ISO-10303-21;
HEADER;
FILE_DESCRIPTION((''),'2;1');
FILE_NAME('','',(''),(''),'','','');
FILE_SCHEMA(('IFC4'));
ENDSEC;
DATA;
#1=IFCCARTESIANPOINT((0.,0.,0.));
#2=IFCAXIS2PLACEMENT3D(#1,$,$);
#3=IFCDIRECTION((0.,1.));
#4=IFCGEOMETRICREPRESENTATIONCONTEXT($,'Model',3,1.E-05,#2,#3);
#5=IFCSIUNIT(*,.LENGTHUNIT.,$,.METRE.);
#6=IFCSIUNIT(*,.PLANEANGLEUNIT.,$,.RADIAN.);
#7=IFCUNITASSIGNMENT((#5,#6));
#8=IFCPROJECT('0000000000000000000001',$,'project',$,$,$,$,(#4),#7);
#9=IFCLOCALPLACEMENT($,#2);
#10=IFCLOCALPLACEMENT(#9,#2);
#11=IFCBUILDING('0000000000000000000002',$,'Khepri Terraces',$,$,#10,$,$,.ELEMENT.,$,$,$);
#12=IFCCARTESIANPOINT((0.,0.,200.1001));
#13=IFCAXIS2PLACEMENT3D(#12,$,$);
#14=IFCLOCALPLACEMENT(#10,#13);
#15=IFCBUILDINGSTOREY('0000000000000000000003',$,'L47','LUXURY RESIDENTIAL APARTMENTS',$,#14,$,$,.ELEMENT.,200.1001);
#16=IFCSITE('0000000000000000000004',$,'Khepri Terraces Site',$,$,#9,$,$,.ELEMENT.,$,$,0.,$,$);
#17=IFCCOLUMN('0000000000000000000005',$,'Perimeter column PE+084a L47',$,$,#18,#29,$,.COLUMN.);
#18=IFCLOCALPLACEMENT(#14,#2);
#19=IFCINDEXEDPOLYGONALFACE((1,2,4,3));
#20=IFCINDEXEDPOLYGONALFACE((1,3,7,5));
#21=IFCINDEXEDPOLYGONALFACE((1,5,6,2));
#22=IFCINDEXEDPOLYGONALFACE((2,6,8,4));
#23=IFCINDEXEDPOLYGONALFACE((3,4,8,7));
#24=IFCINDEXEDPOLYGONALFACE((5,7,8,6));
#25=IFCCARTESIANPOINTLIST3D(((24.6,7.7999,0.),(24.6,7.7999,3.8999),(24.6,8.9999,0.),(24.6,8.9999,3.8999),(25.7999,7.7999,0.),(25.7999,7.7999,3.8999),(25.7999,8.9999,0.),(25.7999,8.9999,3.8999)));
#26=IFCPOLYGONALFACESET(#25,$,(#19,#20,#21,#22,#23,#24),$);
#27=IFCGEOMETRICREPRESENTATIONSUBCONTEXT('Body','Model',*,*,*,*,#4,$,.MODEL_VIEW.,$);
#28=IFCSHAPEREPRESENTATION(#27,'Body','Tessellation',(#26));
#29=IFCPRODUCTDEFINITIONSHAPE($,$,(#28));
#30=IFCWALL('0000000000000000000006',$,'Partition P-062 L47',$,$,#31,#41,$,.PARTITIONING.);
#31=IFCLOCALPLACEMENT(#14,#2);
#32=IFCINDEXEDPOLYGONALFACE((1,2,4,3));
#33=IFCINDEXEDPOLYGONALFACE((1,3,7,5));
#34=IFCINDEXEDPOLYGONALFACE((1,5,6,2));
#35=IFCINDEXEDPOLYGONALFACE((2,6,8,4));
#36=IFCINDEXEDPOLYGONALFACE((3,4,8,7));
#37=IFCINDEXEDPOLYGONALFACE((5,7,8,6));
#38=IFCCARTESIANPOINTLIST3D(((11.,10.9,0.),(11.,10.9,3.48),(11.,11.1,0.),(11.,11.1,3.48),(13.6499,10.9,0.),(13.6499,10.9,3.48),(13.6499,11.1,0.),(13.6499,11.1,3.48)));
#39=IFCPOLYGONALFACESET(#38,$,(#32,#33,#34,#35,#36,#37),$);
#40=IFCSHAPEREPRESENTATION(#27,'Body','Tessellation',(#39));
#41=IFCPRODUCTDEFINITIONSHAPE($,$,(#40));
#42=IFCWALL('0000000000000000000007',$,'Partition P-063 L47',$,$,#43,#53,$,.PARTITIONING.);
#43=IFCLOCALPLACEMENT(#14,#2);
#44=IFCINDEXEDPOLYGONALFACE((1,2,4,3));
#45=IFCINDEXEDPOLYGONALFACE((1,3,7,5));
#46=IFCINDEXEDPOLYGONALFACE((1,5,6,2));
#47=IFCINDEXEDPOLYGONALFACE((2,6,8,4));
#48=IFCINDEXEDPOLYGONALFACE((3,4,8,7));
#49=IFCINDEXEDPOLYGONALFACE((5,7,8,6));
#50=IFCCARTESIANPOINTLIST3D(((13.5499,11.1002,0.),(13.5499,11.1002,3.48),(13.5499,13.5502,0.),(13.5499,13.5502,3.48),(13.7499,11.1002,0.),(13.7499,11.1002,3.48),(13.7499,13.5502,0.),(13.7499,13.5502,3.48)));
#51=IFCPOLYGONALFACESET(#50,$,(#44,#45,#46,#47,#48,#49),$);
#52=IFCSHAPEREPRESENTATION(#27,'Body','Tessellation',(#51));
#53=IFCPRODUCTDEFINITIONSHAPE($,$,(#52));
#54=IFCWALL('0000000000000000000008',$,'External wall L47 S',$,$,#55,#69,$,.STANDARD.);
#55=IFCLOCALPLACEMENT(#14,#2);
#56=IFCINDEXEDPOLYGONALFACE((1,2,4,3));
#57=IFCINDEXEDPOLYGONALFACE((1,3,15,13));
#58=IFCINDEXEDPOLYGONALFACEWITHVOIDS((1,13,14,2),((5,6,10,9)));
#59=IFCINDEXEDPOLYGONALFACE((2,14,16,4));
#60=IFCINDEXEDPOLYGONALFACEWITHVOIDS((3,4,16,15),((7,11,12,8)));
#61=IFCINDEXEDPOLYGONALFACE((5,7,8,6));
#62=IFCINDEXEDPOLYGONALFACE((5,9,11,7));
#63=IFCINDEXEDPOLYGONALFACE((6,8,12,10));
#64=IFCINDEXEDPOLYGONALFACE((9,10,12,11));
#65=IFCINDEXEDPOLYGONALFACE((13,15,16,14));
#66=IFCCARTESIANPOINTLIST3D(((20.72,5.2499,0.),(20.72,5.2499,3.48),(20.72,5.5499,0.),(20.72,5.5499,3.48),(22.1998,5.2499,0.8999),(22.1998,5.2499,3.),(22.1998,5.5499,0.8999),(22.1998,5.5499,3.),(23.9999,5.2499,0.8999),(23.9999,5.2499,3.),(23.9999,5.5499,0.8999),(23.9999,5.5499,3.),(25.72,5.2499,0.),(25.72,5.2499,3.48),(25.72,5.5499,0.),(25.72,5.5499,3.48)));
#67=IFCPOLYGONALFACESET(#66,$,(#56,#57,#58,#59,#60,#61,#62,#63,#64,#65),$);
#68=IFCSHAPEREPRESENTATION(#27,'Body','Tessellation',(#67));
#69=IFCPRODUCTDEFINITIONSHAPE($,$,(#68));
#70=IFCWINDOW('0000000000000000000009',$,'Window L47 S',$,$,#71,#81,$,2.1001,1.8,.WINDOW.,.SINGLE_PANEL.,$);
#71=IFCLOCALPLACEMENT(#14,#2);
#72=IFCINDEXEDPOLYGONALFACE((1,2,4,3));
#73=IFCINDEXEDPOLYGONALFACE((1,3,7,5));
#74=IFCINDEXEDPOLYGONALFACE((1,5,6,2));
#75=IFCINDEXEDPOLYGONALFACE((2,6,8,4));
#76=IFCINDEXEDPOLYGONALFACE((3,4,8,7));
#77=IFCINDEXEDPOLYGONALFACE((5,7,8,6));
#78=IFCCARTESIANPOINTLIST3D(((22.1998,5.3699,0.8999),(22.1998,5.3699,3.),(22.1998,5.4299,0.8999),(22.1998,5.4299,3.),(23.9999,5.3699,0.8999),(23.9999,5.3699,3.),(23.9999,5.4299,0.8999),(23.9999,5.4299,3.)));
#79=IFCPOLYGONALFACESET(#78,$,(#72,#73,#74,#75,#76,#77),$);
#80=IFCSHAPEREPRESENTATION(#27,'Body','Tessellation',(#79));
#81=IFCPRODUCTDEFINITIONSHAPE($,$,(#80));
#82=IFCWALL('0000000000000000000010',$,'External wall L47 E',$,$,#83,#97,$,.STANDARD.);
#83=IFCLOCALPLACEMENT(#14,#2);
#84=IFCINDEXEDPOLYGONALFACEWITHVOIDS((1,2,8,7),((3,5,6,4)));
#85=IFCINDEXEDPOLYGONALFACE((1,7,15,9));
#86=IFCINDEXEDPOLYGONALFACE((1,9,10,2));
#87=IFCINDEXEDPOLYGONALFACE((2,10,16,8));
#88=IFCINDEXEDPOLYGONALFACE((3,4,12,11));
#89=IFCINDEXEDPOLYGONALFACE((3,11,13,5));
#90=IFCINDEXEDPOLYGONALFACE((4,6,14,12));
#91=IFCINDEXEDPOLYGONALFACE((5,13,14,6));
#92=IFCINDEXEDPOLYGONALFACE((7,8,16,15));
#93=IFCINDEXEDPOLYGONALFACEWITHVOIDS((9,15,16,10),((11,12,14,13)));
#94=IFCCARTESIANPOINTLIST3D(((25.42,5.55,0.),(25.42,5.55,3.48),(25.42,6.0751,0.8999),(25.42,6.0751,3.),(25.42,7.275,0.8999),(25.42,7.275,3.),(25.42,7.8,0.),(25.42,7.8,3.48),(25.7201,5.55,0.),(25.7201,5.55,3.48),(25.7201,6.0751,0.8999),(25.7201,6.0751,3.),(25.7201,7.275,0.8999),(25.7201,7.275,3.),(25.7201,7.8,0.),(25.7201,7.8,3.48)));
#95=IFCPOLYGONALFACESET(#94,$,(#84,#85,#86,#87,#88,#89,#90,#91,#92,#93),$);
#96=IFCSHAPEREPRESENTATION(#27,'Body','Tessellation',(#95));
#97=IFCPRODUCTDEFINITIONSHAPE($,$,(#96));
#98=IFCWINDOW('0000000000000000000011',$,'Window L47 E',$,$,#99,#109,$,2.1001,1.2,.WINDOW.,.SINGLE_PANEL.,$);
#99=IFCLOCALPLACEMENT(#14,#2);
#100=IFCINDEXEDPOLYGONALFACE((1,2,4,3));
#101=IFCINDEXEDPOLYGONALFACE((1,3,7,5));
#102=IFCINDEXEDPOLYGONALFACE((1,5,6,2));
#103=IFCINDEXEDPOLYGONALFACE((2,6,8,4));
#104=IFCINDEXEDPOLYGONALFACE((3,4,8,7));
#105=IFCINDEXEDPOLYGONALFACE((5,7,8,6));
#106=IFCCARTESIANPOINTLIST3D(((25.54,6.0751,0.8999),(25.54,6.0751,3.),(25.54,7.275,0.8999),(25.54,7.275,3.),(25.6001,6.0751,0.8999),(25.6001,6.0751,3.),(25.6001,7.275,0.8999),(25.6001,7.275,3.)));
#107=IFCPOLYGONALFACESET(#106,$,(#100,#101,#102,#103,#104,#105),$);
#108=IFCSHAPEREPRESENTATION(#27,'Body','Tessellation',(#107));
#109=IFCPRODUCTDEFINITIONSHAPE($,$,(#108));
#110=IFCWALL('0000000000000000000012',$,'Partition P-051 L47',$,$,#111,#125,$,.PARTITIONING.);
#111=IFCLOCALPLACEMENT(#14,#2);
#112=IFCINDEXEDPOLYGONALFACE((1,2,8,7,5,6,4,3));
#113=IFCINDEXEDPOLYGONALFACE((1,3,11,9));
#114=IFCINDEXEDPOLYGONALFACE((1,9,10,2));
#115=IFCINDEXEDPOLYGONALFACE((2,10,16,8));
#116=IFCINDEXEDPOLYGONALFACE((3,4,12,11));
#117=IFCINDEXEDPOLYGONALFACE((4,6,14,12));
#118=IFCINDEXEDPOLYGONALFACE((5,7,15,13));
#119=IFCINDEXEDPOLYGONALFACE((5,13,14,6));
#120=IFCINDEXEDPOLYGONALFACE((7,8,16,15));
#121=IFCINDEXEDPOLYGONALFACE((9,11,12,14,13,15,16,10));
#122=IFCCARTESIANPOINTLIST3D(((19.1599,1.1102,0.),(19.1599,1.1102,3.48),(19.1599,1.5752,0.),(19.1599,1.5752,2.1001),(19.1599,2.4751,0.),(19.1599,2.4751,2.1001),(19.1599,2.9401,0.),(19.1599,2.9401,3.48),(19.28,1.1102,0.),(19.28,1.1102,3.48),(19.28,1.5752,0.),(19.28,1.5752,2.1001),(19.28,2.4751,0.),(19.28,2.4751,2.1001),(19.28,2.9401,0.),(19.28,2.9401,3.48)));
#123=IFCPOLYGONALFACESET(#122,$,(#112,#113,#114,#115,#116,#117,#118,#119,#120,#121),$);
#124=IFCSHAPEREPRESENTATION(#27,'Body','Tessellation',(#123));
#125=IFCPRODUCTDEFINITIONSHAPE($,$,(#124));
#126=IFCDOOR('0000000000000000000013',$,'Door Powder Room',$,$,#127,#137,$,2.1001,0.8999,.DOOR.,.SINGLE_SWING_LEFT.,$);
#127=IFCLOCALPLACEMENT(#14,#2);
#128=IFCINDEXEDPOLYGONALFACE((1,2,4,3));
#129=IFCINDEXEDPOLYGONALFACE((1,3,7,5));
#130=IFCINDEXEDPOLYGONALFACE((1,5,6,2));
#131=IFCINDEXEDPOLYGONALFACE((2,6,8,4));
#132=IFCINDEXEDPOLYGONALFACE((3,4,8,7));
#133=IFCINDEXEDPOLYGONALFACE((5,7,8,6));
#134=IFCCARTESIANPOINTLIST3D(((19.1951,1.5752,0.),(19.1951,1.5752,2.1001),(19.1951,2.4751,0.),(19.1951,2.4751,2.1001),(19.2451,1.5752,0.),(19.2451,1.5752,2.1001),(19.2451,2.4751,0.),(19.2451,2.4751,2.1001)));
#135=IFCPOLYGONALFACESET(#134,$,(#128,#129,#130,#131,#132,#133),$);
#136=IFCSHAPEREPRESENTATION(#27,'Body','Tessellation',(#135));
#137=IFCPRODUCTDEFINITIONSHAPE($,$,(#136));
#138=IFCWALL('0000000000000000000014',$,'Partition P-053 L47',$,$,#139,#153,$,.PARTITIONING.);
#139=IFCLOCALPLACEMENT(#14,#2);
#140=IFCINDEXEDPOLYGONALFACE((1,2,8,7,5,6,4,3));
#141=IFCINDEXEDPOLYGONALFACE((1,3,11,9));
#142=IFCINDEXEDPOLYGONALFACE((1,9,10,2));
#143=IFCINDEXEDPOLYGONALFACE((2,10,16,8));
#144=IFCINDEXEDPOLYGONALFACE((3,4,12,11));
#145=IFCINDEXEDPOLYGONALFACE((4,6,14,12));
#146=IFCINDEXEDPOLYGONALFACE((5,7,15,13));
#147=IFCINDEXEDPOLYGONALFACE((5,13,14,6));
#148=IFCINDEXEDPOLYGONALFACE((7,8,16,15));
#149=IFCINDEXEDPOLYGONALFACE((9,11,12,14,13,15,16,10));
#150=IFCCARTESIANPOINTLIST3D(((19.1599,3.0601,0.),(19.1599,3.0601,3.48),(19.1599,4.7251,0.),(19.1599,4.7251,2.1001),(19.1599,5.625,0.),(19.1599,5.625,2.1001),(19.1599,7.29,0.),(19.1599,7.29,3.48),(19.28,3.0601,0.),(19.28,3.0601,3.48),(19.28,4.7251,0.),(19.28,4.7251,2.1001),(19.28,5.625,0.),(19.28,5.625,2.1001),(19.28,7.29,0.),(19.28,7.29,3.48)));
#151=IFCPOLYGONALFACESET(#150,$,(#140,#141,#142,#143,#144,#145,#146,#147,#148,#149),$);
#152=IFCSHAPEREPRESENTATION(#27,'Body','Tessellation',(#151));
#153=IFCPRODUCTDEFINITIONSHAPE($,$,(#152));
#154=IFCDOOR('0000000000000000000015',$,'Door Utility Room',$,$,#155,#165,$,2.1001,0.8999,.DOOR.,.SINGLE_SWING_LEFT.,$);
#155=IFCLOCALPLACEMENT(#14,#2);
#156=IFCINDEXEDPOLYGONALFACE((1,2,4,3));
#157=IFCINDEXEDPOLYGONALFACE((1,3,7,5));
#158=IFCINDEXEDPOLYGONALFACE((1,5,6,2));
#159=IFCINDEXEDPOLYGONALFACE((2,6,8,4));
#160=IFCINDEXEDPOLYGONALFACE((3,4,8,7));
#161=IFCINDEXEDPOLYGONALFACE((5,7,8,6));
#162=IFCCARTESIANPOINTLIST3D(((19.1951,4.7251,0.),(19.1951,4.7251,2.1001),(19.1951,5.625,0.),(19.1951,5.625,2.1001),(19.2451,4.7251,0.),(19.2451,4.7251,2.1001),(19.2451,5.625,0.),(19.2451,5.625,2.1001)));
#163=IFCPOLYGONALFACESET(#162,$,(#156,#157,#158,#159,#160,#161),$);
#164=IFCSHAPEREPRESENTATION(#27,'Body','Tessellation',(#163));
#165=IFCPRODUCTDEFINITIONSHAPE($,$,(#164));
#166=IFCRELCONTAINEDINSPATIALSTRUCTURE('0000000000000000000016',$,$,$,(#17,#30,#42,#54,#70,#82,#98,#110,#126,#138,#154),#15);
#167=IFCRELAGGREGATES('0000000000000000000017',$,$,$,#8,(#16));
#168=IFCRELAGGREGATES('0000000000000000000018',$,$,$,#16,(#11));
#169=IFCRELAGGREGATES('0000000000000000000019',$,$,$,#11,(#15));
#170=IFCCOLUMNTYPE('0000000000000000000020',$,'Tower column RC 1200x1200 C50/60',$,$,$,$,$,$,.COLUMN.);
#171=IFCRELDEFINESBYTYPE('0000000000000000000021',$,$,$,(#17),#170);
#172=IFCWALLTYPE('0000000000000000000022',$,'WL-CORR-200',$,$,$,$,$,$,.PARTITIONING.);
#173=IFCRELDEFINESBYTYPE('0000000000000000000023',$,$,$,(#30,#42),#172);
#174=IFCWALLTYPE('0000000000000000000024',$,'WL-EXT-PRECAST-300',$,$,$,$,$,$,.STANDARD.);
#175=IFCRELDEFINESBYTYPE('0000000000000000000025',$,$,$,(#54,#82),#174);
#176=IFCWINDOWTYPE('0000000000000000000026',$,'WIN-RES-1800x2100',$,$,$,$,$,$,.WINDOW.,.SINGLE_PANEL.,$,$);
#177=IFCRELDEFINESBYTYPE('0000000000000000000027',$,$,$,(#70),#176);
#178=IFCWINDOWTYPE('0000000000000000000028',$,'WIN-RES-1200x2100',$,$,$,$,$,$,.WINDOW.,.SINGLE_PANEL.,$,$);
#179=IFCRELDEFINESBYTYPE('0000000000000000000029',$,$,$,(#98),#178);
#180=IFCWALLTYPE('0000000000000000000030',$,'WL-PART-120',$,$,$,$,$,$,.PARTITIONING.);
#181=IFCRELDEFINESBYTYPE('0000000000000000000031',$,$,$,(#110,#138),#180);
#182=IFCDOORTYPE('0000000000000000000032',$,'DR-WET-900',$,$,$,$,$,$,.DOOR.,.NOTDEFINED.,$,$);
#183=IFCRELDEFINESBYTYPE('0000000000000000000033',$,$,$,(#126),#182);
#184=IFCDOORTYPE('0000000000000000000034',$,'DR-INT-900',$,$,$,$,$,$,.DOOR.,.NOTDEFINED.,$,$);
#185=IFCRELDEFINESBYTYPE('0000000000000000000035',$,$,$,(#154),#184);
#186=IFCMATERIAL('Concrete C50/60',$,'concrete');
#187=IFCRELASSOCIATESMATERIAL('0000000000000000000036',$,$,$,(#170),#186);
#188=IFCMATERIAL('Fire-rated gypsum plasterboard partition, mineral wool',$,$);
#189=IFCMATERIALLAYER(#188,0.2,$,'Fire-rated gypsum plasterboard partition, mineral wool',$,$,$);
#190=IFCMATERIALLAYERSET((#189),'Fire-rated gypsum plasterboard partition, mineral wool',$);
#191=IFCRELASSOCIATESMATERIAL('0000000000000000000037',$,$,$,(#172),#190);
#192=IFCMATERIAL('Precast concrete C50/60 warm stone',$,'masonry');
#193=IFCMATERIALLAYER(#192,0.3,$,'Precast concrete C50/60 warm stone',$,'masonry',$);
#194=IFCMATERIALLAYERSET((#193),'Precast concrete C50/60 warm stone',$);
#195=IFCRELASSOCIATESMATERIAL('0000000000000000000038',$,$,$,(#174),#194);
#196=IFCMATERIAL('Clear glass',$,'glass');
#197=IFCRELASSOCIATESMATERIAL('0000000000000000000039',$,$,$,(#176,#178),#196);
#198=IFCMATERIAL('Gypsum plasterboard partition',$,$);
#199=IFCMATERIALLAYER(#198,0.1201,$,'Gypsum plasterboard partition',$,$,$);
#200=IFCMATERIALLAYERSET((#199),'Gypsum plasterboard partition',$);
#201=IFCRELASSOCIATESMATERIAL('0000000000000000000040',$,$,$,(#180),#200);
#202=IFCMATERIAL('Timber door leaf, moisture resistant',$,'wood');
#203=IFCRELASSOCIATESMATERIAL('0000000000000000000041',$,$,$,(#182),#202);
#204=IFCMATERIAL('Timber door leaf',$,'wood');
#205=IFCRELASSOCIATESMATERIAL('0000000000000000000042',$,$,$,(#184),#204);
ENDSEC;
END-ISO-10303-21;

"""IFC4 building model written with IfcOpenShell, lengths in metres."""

from ifc_helpers import new_model, si_unit, direction, frame, frame_2d, origin, origin_2d, place, context, subcontext, project, spatial, rectangle, extrude, material, layer, layer_set, material_profile, profile_set, type_object, element, fill, save


model = new_model("IFC4")

# Units and contexts
model_context = context("Model", 3, precision=1e-05, world=origin(), true_north=direction((0.0, 1.0)))
body_context = subcontext(model_context, "Body", "Model", "MODEL_VIEW")
ifc_project = project(units=[si_unit("LENGTHUNIT", "METRE"), si_unit("PLANEANGLEUNIT", "RADIAN")], contexts=[model_context])

# Site, building, storey
site_placement = place(None, origin())
site = spatial("IfcSite", under=ifc_project, at=site_placement, Name="Khepri Terraces Site", CompositionType="ELEMENT", RefElevation=0.0)
building_placement = place(site_placement, origin())
building = spatial("IfcBuilding", under=site, at=building_placement, Name="Khepri Terraces", CompositionType="ELEMENT")
storey_placement = place(building_placement, frame((0.0, 0.0, 200.1001)))
storey = spatial("IfcBuildingStorey", under=building, at=storey_placement, Name="L47", Description="LUXURY RESIDENTIAL APARTMENTS", CompositionType="ELEMENT", Elevation=200.1001)

# Column
ifc_material_1 = material(Name="Concrete C50/60", Category="concrete")
ifc_material_profile = material_profile(ifc_material_1, rectangle(XDim=1.2, YDim=1.2, at=origin_2d()), Name="Concrete C50/60", Category="concrete")
ifc_profile_set = profile_set([ifc_material_profile], Name="Concrete C50/60")
column_type = type_object("IfcColumnType", Name="Tower column RC 1200x1200 C50/60", PredefinedType="COLUMN", material=ifc_profile_set)
column_placement = place(storey_placement, frame((25.2, 8.3999, 0.0), z_axis=(0.0, 0.0, 1.0), x_axis=(1.0, 0.0, 0.0)))
element("IfcColumn", 1, at=column_placement, inside=storey, type_object=column_type, Name="Perimeter column PE+084a L47", PredefinedType="COLUMN", context=body_context, shape_type="SweptSolid", body=[
    extrude(rectangle(XDim=1.2, YDim=1.2, at=origin_2d()), origin(), (0.0, 0.0, 1.0), 3.8999),
])

# Walls
ifc_material_2 = material(Name="Fire-rated gypsum plasterboard partition, mineral wool")
ifc_layer_1 = layer(ifc_material_2, 0.2, Name="Fire-rated gypsum plasterboard partition, mineral wool")
ifc_layer_set_1 = layer_set([ifc_layer_1], Name="Fire-rated gypsum plasterboard partition, mineral wool")
wall_type_1 = type_object("IfcWallType", Name="WL-CORR-200", PredefinedType="PARTITIONING", material=ifc_layer_set_1)
wall_1_placement = place(storey_placement, frame((11.0, 11.0, 0.0), z_axis=(0.0, 0.0, 1.0), x_axis=(1.0, 0.0, 0.0)))
element("IfcWall", 2, at=wall_1_placement, inside=storey, type_object=wall_type_1, Name="Partition P-062 L47", PredefinedType="PARTITIONING", context=body_context, shape_type="SweptSolid", body=[
    extrude(rectangle(XDim=2.6499, YDim=0.2, at=frame_2d((1.325, 0.0))), origin(), (0.0, 0.0, 1.0), 3.48),
])
wall_2_placement = place(storey_placement, frame((13.6499, 11.1001, 0.0), z_axis=(0.0, 0.0, 1.0), x_axis=(0.0, 1.0, 0.0)))
element("IfcWall", 3, at=wall_2_placement, inside=storey, type_object=wall_type_1, Name="Partition P-063 L47", PredefinedType="PARTITIONING", context=body_context, shape_type="SweptSolid", body=[
    extrude(rectangle(XDim=2.45, YDim=0.2, at=frame_2d((1.2251, 0.0))), origin(), (0.0, 0.0, 1.0), 3.48),
])

# Walls, openings, windows
ifc_material_3 = material(Name="Precast concrete C50/60 warm stone", Category="masonry")
ifc_layer_2 = layer(ifc_material_3, 0.3, Name="Precast concrete C50/60 warm stone", Category="masonry")
ifc_layer_set_2 = layer_set([ifc_layer_2], Name="Precast concrete C50/60 warm stone")
wall_type_2 = type_object("IfcWallType", Name="WL-EXT-PRECAST-300", PredefinedType="STANDARD", material=ifc_layer_set_2)
wall_3_placement = place(storey_placement, frame((20.72, 5.3999, 0.0), z_axis=(0.0, 0.0, 1.0), x_axis=(1.0, 0.0, 0.0)))
wall_3 = element("IfcWall", 4, at=wall_3_placement, inside=storey, type_object=wall_type_2, Name="External wall L47 S", PredefinedType="STANDARD", context=body_context, shape_type="SweptSolid", body=[
    extrude(rectangle(XDim=5.0, YDim=0.3, at=frame_2d((2.5, 0.0))), origin(), (0.0, 0.0, 1.0), 3.48),
])
opening_1_placement = place(wall_3_placement, frame((1.48, 0.0, 0.8999)))
opening_1 = element("IfcOpeningElement", 5, at=opening_1_placement, cuts=wall_3, PredefinedType="OPENING", context=body_context, shape_type="SweptSolid", body=[
    extrude(rectangle(XDim=1.8, YDim=2.1001, at=frame_2d((0.8999, 1.05))), frame((0.0, 0.1602, 0.0), z_axis=(0.0, -1.0, 0.0), x_axis=(1.0, 0.0, 0.0)), (0.0, 0.0, 1.0), 0.3201),
])
ifc_material_4 = material(Name="Clear glass", Category="glass")
window_type_1 = type_object("IfcWindowType", Name="WIN-RES-1800x2100", PartitioningType="SINGLE_PANEL", PredefinedType="WINDOW", material=ifc_material_4)
window_1_placement = place(opening_1_placement, origin())
window_1 = element("IfcWindow", 6, at=window_1_placement, inside=storey, type_object=window_type_1, Name="Window L47 S", OverallHeight=2.1001, OverallWidth=1.8, PartitioningType="SINGLE_PANEL", PredefinedType="WINDOW", context=body_context, shape_type="SweptSolid", body=[
    extrude(rectangle(XDim=1.8, YDim=2.1001, at=frame_2d((0.8999, 1.05))), frame((0.0, 0.03, 0.0), z_axis=(0.0, -1.0, 0.0), x_axis=(1.0, 0.0, 0.0)), (0.0, 0.0, 1.0), 0.0601),
])
fill(opening_1, window_1)
wall_4_placement = place(storey_placement, frame((25.5701, 5.55, 0.0), z_axis=(0.0, 0.0, 1.0), x_axis=(0.0, 1.0, 0.0)))
wall_4 = element("IfcWall", 7, at=wall_4_placement, inside=storey, type_object=wall_type_2, Name="External wall L47 E", PredefinedType="STANDARD", context=body_context, shape_type="SweptSolid", body=[
    extrude(rectangle(XDim=2.25, YDim=0.3, at=frame_2d((1.125, 0.0))), origin(), (0.0, 0.0, 1.0), 3.48),
])
opening_2_placement = place(wall_4_placement, frame((0.5249, 0.0, 0.8999)))
opening_2 = element("IfcOpeningElement", 8, at=opening_2_placement, cuts=wall_4, PredefinedType="OPENING", context=body_context, shape_type="SweptSolid", body=[
    extrude(rectangle(XDim=1.2, YDim=2.1001, at=frame_2d((0.6001, 1.05))), frame((0.0, 0.1602, 0.0), z_axis=(0.0, -1.0, 0.0), x_axis=(1.0, 0.0, 0.0)), (0.0, 0.0, 1.0), 0.3201),
])
window_type_2 = type_object("IfcWindowType", Name="WIN-RES-1200x2100", PartitioningType="SINGLE_PANEL", PredefinedType="WINDOW", material=ifc_material_4)
window_2_placement = place(opening_2_placement, origin())
window_2 = element("IfcWindow", 9, at=window_2_placement, inside=storey, type_object=window_type_2, Name="Window L47 E", OverallHeight=2.1001, OverallWidth=1.2, PartitioningType="SINGLE_PANEL", PredefinedType="WINDOW", context=body_context, shape_type="SweptSolid", body=[
    extrude(rectangle(XDim=1.2, YDim=2.1001, at=frame_2d((0.6001, 1.05))), frame((0.0, 0.03, 0.0), z_axis=(0.0, -1.0, 0.0), x_axis=(1.0, 0.0, 0.0)), (0.0, 0.0, 1.0), 0.0601),
])
fill(opening_2, window_2)

# Walls, openings, doors
ifc_material_5 = material(Name="Gypsum plasterboard partition")
ifc_layer_3 = layer(ifc_material_5, 0.1201, Name="Gypsum plasterboard partition")
ifc_layer_set_3 = layer_set([ifc_layer_3], Name="Gypsum plasterboard partition")
wall_type_3 = type_object("IfcWallType", Name="WL-PART-120", PredefinedType="PARTITIONING", material=ifc_layer_set_3)
wall_5_placement = place(storey_placement, frame((19.22, 1.1101, 0.0), z_axis=(0.0, 0.0, 1.0), x_axis=(0.0, 1.0, 0.0)))
wall_5 = element("IfcWall", 10, at=wall_5_placement, inside=storey, type_object=wall_type_3, Name="Partition P-051 L47", PredefinedType="PARTITIONING", context=body_context, shape_type="SweptSolid", body=[
    extrude(rectangle(XDim=1.8298, YDim=0.1201, at=frame_2d((0.915, 0.0))), origin(), (0.0, 0.0, 1.0), 3.48),
])
opening_3_placement = place(wall_5_placement, frame((0.4651, 0.0, 0.0)))
opening_3 = element("IfcOpeningElement", 11, at=opening_3_placement, cuts=wall_5, PredefinedType="OPENING", context=body_context, shape_type="SweptSolid", body=[
    extrude(rectangle(XDim=0.8999, YDim=2.1001, at=frame_2d((0.45, 1.05))), frame((0.0, 0.0701, 0.0), z_axis=(0.0, -1.0, 0.0), x_axis=(1.0, 0.0, 0.0)), (0.0, 0.0, 1.0), 0.1401),
])
ifc_material_6 = material(Name="Timber door leaf, moisture resistant", Category="wood")
door_type_1 = type_object("IfcDoorType", Name="DR-WET-900", OperationType="NOTDEFINED", PredefinedType="DOOR", material=ifc_material_6)
door_1_placement = place(opening_3_placement, origin())
door_1 = element("IfcDoor", 12, at=door_1_placement, inside=storey, type_object=door_type_1, Name="Door Powder Room", OperationType="SINGLE_SWING_LEFT", OverallHeight=2.1001, OverallWidth=0.8999, PredefinedType="DOOR", context=body_context, shape_type="SweptSolid", body=[
    extrude(rectangle(XDim=0.8999, YDim=2.1001, at=frame_2d((0.45, 1.05))), frame((0.0, 0.0249, 0.0), z_axis=(0.0, -1.0, 0.0), x_axis=(1.0, 0.0, 0.0)), (0.0, 0.0, 1.0), 0.05),
])
fill(opening_3, door_1)
wall_6_placement = place(storey_placement, frame((19.22, 3.0601, 0.0), z_axis=(0.0, 0.0, 1.0), x_axis=(0.0, 1.0, 0.0)))
wall_6 = element("IfcWall", 13, at=wall_6_placement, inside=storey, type_object=wall_type_3, Name="Partition P-053 L47", PredefinedType="PARTITIONING", context=body_context, shape_type="SweptSolid", body=[
    extrude(rectangle(XDim=4.23, YDim=0.1201, at=frame_2d((2.115, 0.0))), origin(), (0.0, 0.0, 1.0), 3.48),
])
opening_4_placement = place(wall_6_placement, frame((1.665, 0.0, 0.0)))
opening_4 = element("IfcOpeningElement", 14, at=opening_4_placement, cuts=wall_6, PredefinedType="OPENING", context=body_context, shape_type="SweptSolid", body=[
    extrude(rectangle(XDim=0.8999, YDim=2.1001, at=frame_2d((0.45, 1.05))), frame((0.0, 0.0701, 0.0), z_axis=(0.0, -1.0, 0.0), x_axis=(1.0, 0.0, 0.0)), (0.0, 0.0, 1.0), 0.1401),
])
ifc_material_7 = material(Name="Timber door leaf", Category="wood")
door_type_2 = type_object("IfcDoorType", Name="DR-INT-900", OperationType="NOTDEFINED", PredefinedType="DOOR", material=ifc_material_7)
door_2_placement = place(opening_4_placement, origin())
door_2 = element("IfcDoor", 15, at=door_2_placement, inside=storey, type_object=door_type_2, Name="Door Utility Room", OperationType="SINGLE_SWING_LEFT", OverallHeight=2.1001, OverallWidth=0.8999, PredefinedType="DOOR", context=body_context, shape_type="SweptSolid", body=[
    extrude(rectangle(XDim=0.8999, YDim=2.1001, at=frame_2d((0.45, 1.05))), frame((0.0, 0.0249, 0.0), z_axis=(0.0, -1.0, 0.0), x_axis=(1.0, 0.0, 0.0)), (0.0, 0.0, 1.0), 0.05),
])
fill(opening_4, door_2)

save(model, "model.ifc")
